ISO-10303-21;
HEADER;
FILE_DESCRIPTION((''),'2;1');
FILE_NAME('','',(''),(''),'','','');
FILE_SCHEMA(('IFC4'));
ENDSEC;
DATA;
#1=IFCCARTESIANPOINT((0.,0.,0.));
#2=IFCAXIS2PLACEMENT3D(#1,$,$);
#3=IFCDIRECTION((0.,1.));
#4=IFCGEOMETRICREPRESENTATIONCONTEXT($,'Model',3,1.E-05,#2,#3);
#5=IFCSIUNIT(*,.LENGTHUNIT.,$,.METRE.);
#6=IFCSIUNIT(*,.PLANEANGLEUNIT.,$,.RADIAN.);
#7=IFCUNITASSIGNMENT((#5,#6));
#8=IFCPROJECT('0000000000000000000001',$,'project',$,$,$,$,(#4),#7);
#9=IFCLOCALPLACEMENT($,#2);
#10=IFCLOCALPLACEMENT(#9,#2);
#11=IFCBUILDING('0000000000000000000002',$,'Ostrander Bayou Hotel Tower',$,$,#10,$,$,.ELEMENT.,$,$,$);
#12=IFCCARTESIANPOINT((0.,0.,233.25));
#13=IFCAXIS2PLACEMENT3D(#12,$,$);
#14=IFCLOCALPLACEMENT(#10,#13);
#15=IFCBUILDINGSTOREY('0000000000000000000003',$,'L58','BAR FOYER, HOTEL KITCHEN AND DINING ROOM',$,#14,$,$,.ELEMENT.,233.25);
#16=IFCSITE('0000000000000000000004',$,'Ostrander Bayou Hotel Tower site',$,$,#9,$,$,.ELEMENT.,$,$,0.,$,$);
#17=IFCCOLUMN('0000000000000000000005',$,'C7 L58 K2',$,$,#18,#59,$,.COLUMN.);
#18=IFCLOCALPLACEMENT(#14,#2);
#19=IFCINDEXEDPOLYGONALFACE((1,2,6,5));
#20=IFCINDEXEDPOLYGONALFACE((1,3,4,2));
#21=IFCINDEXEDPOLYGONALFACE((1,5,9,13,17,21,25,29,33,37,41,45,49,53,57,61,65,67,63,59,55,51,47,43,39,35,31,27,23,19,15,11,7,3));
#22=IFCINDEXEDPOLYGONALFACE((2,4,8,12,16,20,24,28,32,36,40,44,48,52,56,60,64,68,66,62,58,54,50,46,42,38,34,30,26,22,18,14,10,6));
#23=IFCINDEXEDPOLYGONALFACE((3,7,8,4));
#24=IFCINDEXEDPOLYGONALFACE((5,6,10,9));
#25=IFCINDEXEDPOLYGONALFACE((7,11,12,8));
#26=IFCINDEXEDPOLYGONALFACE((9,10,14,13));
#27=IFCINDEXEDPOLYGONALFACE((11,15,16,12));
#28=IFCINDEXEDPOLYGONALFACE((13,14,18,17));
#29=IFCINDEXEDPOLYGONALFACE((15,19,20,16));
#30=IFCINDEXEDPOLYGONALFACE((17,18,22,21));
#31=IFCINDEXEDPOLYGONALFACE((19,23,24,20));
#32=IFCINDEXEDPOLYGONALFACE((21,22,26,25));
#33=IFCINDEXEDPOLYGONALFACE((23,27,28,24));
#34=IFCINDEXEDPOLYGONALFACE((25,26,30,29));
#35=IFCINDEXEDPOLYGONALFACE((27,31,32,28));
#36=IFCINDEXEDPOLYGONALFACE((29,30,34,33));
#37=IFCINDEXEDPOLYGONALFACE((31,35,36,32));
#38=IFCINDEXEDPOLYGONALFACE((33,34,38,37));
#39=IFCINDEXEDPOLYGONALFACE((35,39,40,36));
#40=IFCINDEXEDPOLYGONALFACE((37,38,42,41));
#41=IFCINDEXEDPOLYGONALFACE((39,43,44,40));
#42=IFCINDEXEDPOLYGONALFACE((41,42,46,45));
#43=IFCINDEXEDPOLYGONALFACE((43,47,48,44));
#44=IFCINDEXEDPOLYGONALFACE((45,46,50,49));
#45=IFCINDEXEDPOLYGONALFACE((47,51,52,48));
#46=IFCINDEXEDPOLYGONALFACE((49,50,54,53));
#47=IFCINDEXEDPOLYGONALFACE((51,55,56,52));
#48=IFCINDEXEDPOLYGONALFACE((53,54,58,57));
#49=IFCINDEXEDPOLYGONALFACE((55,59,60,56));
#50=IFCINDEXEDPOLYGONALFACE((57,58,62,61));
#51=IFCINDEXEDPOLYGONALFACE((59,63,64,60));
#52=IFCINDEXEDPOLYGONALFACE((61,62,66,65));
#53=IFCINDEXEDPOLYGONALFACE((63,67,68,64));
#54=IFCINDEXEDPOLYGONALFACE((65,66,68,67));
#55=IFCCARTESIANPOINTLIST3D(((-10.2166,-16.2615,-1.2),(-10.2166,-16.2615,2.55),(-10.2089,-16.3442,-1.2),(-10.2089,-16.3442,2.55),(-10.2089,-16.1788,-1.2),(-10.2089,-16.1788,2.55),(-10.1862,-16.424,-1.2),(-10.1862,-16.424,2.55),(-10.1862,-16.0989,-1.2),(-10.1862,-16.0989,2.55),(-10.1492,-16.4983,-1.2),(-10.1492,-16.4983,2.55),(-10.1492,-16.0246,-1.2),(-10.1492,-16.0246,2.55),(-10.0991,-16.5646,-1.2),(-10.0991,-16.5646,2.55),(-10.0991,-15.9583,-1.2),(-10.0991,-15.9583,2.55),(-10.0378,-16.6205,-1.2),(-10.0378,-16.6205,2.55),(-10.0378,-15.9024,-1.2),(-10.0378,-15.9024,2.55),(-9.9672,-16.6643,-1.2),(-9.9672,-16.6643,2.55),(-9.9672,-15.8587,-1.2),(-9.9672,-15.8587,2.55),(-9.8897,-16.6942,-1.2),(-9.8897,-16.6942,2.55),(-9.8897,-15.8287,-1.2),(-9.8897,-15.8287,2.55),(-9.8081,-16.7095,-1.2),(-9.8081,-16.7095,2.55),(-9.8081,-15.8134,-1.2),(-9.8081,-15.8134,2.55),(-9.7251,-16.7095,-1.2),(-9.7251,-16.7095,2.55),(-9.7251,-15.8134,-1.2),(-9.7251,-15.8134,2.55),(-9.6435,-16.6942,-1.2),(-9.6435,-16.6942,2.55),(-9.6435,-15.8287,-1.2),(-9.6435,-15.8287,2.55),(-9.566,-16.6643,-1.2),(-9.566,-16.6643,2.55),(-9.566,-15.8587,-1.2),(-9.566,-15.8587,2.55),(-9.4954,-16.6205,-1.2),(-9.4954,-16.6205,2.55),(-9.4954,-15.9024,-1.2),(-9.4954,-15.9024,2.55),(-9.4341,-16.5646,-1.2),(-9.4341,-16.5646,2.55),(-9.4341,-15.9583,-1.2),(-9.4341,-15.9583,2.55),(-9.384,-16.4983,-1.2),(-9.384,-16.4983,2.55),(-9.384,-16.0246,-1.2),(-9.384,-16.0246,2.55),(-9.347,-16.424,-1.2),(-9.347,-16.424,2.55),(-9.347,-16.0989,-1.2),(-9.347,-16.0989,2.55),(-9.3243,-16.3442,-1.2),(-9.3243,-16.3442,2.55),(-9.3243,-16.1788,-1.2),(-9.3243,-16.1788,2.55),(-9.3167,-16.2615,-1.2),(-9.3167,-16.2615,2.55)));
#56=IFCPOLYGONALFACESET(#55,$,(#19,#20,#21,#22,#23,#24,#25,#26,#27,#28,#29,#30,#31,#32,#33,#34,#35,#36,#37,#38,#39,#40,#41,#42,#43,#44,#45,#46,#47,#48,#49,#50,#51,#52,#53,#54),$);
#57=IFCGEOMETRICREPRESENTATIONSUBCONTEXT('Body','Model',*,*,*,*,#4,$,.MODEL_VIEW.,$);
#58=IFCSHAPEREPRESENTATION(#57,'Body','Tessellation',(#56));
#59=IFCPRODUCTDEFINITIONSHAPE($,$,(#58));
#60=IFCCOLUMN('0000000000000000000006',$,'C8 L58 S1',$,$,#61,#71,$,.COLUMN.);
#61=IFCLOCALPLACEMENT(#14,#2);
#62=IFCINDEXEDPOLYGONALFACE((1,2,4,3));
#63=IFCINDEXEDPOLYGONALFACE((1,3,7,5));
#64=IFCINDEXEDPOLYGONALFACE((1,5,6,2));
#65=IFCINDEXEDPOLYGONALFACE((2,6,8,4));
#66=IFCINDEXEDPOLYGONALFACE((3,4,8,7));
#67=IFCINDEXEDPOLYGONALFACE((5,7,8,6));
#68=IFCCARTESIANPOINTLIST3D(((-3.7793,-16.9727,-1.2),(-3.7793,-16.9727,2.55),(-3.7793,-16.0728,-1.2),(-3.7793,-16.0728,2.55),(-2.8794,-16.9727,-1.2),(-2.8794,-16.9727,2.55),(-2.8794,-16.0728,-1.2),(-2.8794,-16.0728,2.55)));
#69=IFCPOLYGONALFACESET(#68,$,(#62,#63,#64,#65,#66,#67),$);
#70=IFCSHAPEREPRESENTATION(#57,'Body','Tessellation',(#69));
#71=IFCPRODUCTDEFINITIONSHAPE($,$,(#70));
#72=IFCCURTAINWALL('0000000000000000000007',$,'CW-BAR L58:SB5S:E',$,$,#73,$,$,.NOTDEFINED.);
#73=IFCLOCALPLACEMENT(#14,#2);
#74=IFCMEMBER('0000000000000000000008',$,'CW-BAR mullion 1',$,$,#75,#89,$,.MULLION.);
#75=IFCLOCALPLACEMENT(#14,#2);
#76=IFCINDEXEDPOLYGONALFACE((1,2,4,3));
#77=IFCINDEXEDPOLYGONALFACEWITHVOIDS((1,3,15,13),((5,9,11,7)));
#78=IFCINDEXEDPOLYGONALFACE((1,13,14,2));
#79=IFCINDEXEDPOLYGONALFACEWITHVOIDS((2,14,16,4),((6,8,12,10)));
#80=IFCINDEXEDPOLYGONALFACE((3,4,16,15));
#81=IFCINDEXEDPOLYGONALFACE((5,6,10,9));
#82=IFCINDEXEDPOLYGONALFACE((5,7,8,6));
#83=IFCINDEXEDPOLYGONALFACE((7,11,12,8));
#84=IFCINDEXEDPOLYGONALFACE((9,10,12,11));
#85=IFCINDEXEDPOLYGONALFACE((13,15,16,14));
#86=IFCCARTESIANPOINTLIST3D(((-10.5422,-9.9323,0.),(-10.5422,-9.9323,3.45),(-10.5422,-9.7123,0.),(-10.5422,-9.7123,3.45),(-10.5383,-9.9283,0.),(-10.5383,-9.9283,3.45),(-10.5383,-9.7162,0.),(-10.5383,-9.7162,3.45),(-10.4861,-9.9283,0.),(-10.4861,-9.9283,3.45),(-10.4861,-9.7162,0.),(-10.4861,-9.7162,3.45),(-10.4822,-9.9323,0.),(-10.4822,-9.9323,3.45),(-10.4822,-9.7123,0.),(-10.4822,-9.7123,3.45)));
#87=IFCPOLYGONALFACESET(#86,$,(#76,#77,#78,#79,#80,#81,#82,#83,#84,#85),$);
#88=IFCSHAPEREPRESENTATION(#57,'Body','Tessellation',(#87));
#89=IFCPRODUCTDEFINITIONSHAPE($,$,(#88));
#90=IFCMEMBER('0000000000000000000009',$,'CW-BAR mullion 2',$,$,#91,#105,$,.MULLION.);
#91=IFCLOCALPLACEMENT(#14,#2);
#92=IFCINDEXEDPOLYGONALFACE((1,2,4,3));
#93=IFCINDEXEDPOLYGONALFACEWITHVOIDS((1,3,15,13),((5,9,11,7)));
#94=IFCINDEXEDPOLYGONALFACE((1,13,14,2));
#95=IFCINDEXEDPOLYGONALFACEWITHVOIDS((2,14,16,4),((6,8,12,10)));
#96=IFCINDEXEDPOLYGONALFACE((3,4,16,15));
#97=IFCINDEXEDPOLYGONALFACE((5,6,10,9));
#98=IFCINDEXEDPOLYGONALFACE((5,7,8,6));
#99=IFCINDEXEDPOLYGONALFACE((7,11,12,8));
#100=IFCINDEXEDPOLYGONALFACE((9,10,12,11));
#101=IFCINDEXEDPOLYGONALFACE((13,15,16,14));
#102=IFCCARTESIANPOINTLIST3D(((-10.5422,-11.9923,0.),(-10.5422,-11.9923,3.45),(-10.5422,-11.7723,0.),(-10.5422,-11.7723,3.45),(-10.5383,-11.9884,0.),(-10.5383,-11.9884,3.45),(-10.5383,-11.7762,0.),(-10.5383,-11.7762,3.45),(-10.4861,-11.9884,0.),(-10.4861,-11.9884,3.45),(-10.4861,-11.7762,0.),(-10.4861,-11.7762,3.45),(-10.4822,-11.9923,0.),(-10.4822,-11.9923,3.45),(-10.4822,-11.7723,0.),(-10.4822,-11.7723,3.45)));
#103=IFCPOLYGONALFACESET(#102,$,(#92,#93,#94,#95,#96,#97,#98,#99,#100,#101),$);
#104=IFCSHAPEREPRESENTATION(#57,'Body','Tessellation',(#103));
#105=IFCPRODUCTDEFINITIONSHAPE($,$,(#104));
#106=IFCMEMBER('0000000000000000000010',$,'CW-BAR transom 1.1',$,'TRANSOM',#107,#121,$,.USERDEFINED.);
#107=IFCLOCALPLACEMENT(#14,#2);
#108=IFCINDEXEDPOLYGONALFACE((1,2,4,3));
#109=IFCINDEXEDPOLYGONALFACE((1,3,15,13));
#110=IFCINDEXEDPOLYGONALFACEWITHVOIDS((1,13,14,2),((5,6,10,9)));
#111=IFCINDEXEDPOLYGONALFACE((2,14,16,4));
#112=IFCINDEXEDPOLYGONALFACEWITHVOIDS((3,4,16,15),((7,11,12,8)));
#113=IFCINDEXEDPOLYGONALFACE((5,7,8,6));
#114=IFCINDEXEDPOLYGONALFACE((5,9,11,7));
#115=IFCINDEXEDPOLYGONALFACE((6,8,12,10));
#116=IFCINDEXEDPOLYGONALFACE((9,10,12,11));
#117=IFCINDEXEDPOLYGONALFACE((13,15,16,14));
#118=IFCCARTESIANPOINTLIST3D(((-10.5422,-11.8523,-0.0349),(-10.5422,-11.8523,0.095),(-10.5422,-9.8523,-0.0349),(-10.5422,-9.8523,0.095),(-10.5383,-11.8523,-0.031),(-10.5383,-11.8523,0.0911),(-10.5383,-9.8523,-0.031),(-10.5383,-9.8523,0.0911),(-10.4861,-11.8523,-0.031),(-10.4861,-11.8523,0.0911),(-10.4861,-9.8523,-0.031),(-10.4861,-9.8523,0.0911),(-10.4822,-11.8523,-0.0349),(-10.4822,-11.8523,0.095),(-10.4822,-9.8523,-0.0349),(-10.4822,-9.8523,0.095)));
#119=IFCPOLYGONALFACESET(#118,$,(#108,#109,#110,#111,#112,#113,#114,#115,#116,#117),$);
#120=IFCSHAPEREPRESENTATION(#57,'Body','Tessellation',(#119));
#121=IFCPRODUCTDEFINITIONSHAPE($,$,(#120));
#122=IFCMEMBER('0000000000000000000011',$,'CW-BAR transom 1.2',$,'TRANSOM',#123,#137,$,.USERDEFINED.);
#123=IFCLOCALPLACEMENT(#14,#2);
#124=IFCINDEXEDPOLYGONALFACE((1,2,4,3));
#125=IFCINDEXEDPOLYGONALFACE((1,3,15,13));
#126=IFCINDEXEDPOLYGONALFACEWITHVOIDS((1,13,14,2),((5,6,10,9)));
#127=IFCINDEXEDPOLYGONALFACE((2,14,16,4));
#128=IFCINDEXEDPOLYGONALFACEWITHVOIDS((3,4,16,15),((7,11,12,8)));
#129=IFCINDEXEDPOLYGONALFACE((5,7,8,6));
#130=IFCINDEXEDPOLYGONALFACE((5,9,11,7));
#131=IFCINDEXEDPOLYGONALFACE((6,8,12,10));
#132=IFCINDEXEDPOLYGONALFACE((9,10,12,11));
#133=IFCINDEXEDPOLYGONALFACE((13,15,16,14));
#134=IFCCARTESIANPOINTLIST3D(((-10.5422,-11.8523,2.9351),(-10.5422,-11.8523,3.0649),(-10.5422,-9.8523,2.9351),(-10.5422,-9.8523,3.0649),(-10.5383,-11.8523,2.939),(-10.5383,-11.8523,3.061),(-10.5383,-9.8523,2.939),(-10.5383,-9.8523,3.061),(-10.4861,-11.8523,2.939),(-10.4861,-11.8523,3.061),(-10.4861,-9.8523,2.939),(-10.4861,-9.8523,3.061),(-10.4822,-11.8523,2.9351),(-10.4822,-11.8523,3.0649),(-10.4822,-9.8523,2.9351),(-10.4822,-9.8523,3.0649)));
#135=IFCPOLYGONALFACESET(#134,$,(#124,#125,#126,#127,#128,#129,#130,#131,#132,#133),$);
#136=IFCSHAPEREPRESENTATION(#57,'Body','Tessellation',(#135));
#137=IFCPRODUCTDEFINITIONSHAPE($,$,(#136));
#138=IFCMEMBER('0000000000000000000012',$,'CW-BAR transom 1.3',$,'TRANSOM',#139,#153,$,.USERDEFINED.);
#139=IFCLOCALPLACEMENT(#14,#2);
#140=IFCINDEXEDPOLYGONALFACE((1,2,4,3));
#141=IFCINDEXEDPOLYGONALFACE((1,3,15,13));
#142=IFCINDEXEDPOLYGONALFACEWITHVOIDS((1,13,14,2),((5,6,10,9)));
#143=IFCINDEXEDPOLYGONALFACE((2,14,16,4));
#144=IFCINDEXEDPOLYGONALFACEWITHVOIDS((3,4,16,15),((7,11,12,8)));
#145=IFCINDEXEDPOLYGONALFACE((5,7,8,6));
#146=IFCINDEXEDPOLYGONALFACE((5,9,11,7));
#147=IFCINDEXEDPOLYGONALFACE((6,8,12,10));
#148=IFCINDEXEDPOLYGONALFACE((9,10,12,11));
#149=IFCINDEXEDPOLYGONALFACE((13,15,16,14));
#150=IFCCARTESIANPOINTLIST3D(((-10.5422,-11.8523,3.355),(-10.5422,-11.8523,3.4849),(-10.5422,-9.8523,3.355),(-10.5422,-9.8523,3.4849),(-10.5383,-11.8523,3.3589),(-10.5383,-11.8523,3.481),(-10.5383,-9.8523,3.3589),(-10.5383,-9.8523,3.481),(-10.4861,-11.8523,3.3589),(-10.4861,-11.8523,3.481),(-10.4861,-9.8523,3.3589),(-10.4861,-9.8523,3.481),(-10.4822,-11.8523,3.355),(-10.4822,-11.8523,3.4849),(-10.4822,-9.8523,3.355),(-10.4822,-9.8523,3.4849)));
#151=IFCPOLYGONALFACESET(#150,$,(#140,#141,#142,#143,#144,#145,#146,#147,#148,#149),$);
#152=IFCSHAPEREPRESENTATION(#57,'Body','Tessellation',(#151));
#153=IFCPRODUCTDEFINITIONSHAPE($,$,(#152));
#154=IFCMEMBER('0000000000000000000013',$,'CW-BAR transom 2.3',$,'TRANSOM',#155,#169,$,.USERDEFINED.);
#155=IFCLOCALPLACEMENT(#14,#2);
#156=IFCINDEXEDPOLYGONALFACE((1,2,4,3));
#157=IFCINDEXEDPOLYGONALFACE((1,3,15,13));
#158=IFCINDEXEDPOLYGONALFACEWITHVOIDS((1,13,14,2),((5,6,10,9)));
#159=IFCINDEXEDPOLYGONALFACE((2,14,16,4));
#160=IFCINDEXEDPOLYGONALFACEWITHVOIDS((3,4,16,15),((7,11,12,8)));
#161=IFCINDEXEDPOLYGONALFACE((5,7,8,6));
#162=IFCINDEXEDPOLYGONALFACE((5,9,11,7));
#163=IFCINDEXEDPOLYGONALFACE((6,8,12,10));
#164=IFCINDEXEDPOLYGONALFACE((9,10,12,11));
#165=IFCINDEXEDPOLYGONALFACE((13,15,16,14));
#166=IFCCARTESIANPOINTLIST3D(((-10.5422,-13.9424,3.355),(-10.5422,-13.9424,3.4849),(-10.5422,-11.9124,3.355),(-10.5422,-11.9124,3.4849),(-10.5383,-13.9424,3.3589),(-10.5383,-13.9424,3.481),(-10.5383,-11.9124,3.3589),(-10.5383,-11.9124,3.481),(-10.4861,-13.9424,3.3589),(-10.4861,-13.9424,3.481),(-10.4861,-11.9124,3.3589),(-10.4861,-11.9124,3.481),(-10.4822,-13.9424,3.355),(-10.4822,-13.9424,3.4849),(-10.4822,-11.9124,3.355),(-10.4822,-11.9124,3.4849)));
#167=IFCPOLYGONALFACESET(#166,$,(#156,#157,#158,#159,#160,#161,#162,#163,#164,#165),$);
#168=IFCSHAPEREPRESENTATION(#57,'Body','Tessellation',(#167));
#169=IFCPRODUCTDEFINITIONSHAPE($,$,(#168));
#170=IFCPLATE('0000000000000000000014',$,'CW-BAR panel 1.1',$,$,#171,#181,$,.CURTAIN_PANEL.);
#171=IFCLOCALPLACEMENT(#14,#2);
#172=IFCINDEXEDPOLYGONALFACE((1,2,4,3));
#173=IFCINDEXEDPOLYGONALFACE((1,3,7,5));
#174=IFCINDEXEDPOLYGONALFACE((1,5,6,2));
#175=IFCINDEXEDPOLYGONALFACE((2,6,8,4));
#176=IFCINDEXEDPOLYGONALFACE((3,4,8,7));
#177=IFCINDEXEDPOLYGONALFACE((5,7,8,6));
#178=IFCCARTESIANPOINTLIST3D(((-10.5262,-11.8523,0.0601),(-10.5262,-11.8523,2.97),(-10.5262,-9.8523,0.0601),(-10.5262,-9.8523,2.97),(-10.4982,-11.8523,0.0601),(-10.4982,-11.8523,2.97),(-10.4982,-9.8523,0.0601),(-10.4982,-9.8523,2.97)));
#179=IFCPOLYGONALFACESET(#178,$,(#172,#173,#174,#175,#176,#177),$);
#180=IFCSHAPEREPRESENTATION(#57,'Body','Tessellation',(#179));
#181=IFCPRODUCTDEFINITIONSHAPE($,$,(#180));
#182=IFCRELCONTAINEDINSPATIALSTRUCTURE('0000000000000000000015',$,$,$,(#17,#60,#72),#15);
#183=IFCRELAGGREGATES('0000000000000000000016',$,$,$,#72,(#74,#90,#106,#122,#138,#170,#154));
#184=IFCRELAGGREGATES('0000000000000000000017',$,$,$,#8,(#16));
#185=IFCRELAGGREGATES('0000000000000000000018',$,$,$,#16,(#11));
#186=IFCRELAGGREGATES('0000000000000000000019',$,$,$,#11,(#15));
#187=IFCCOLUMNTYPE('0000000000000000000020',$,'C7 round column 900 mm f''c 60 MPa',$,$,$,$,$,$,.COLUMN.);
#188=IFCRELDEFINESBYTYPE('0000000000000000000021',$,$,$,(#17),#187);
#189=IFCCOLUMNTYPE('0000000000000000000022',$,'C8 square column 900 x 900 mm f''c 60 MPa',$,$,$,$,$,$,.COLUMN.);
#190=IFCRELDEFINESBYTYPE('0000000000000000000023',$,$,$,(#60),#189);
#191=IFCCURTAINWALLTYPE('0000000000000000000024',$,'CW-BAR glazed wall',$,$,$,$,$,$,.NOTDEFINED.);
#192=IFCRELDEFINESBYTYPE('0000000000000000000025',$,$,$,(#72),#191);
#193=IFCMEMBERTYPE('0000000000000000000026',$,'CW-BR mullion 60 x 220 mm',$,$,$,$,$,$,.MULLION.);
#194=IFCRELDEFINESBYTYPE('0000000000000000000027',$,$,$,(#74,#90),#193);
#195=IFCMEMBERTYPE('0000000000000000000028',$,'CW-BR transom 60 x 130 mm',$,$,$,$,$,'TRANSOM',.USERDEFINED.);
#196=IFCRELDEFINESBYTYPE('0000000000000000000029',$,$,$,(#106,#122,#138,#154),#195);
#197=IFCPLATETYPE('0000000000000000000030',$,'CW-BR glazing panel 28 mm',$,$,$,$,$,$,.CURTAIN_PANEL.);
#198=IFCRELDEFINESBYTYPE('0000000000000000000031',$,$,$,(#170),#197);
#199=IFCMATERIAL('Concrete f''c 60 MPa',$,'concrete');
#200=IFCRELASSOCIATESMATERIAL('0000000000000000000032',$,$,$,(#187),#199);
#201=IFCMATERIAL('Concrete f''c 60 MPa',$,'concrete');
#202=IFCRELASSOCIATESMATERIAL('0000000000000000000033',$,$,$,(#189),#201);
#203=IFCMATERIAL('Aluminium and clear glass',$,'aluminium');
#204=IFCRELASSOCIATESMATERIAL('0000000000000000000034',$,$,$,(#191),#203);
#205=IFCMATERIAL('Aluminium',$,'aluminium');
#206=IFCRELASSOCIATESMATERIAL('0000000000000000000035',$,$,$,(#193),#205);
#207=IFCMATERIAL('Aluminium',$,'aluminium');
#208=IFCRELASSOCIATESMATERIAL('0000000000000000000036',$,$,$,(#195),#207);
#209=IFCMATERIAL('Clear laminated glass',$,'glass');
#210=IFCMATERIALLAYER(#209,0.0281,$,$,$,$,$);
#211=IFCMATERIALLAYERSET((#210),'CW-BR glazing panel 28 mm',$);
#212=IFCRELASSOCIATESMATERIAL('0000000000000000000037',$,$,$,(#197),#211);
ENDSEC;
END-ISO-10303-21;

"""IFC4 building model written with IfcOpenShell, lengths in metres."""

from ifc_helpers import new_model, si_unit, direction, frame, origin, origin_2d, place, context, subcontext, project, spatial, rectangle, hollow_rectangle, circle, extrude, material, layer, layer_set, material_profile, profile_set, type_object, element, aggregate, save


model = new_model("IFC4")

# Units and contexts
model_context = context("Model", 3, precision=1e-05, world=origin(), true_north=direction((0.0, 1.0)))
body_context = subcontext(model_context, "Body", "Model", "MODEL_VIEW")
ifc_project = project(units=[si_unit("LENGTHUNIT", "METRE"), si_unit("PLANEANGLEUNIT", "RADIAN")], contexts=[model_context])

# Site, building, storey
site_placement = place(None, origin())
site = spatial("IfcSite", under=ifc_project, at=site_placement, Name="Ostrander Bayou Hotel Tower site", CompositionType="ELEMENT", RefElevation=0.0)
building_placement = place(site_placement, origin())
building = spatial("IfcBuilding", under=site, at=building_placement, Name="Ostrander Bayou Hotel Tower", CompositionType="ELEMENT")
storey_placement = place(building_placement, frame((0.0, 0.0, 233.25)))
storey = spatial("IfcBuildingStorey", under=building, at=storey_placement, Name="L58", Description="BAR FOYER, HOTEL KITCHEN AND DINING ROOM", CompositionType="ELEMENT", Elevation=233.25)

# Columns
ifc_material_1 = material(Name="Concrete f'c 60 MPa", Category="concrete")
ifc_material_profile_1 = material_profile(ifc_material_1, circle(Radius=0.45, at=origin_2d()))
ifc_profile_set_1 = profile_set([ifc_material_profile_1], Name="Concrete f'c 60 MPa")
column_type_1 = type_object("IfcColumnType", Name="C7 round column 900 mm f'c 60 MPa", PredefinedType="COLUMN", material=ifc_profile_set_1)
column_1_placement = place(storey_placement, frame((-9.7666, -16.2615, -1.2), z_axis=(0.0, 0.0, 1.0), x_axis=(1.0, 0.0, 0.0)))
element("IfcColumn", 1, at=column_1_placement, inside=storey, type_object=column_type_1, Name="C7 L58 K2", PredefinedType="COLUMN", context=body_context, shape_type="SweptSolid", body=[
    extrude(circle(Radius=0.45, at=origin_2d()), origin(), (0.0, 0.0, 1.0), 3.75),
])
ifc_material_2 = material(Name="Concrete f'c 60 MPa", Category="concrete")
ifc_material_profile_2 = material_profile(ifc_material_2, rectangle(XDim=0.8999, YDim=0.8999, at=origin_2d()))
ifc_profile_set_2 = profile_set([ifc_material_profile_2], Name="Concrete f'c 60 MPa")
column_type_2 = type_object("IfcColumnType", Name="C8 square column 900 x 900 mm f'c 60 MPa", PredefinedType="COLUMN", material=ifc_profile_set_2)
column_2_placement = place(storey_placement, frame((-3.3293, -16.5227, -1.2), z_axis=(0.0, 0.0, 1.0), x_axis=(-1.0, 0.0, 0.0)))
element("IfcColumn", 2, at=column_2_placement, inside=storey, type_object=column_type_2, Name="C8 L58 S1", PredefinedType="COLUMN", context=body_context, shape_type="SweptSolid", body=[
    extrude(rectangle(XDim=0.8999, YDim=0.8999, at=origin_2d()), origin(), (0.0, 0.0, 1.0), 3.75),
])

# Curtain wall, members, plate
ifc_material_3 = material(Name="Aluminium and clear glass", Category="aluminium")
curtain_wall_type = type_object("IfcCurtainWallType", Name="CW-BAR glazed wall", PredefinedType="NOTDEFINED", material=ifc_material_3)
curtain_wall_placement = place(storey_placement, origin())
curtain_wall = element("IfcCurtainWall", 3, at=curtain_wall_placement, inside=storey, type_object=curtain_wall_type, Name="CW-BAR L58:SB5S:E", PredefinedType="NOTDEFINED")
ifc_material_4 = material(Name="Aluminium", Category="aluminium")
ifc_material_profile_3 = material_profile(ifc_material_4, hollow_rectangle(XDim=0.0601, YDim=0.22, WallThickness=0.0039, at=origin_2d()))
ifc_profile_set_3 = profile_set([ifc_material_profile_3], Name="Aluminium")
member_type_1 = type_object("IfcMemberType", Name="CW-BR mullion 60 x 220 mm", PredefinedType="MULLION", material=ifc_profile_set_3)
member_1_placement = place(storey_placement, frame((-10.5122, -9.8223, 0.0), z_axis=(0.0, 0.0, 1.0), x_axis=(1.0, 0.0, 0.0)))
member_1 = element("IfcMember", 4, at=member_1_placement, type_object=member_type_1, Name="CW-BAR mullion 1", PredefinedType="MULLION", context=body_context, shape_type="SweptSolid", body=[
    extrude(hollow_rectangle(XDim=0.0601, YDim=0.22, WallThickness=0.0039, at=origin_2d()), origin(), (0.0, 0.0, 1.0), 3.45),
])
member_2_placement = place(storey_placement, frame((-10.5122, -11.8823, 0.0), z_axis=(0.0, 0.0, 1.0), x_axis=(1.0, 0.0, 0.0)))
member_2 = element("IfcMember", 5, at=member_2_placement, type_object=member_type_1, Name="CW-BAR mullion 2", PredefinedType="MULLION", context=body_context, shape_type="SweptSolid", body=[
    extrude(hollow_rectangle(XDim=0.0601, YDim=0.22, WallThickness=0.0039, at=origin_2d()), origin(), (0.0, 0.0, 1.0), 3.45),
])
ifc_material_5 = material(Name="Aluminium", Category="aluminium")
ifc_material_profile_4 = material_profile(ifc_material_5, hollow_rectangle(XDim=0.0601, YDim=0.1299, WallThickness=0.0039, at=origin_2d()))
ifc_profile_set_4 = profile_set([ifc_material_profile_4], Name="Aluminium")
member_type_2 = type_object("IfcMemberType", Name="CW-BR transom 60 x 130 mm", ElementType="TRANSOM", PredefinedType="USERDEFINED", material=ifc_profile_set_4)
member_3_placement = place(storey_placement, frame((-10.5122, -9.8523, 0.03), z_axis=(0.0, -1.0, 0.0), x_axis=(1.0, 0.0, 0.0)))
member_3 = element("IfcMember", 6, at=member_3_placement, type_object=member_type_2, Name="CW-BAR transom 1.1", ObjectType="TRANSOM", PredefinedType="USERDEFINED", context=body_context, shape_type="SweptSolid", body=[
    extrude(hollow_rectangle(XDim=0.0601, YDim=0.1299, WallThickness=0.0039, at=origin_2d()), origin(), (0.0, 0.0, 1.0), 2.0),
])
member_4_placement = place(storey_placement, frame((-10.5122, -9.8523, 3.0), z_axis=(0.0, -1.0, 0.0), x_axis=(1.0, 0.0, 0.0)))
member_4 = element("IfcMember", 7, at=member_4_placement, type_object=member_type_2, Name="CW-BAR transom 1.2", ObjectType="TRANSOM", PredefinedType="USERDEFINED", context=body_context, shape_type="SweptSolid", body=[
    extrude(hollow_rectangle(XDim=0.0601, YDim=0.1299, WallThickness=0.0039, at=origin_2d()), origin(), (0.0, 0.0, 1.0), 2.0),
])
member_5_placement = place(storey_placement, frame((-10.5122, -9.8523, 3.4199), z_axis=(0.0, -1.0, 0.0), x_axis=(1.0, 0.0, 0.0)))
member_5 = element("IfcMember", 8, at=member_5_placement, type_object=member_type_2, Name="CW-BAR transom 1.3", ObjectType="TRANSOM", PredefinedType="USERDEFINED", context=body_context, shape_type="SweptSolid", body=[
    extrude(hollow_rectangle(XDim=0.0601, YDim=0.1299, WallThickness=0.0039, at=origin_2d()), origin(), (0.0, 0.0, 1.0), 2.0),
])
member_6_placement = place(storey_placement, frame((-10.5122, -11.9124, 3.4199), z_axis=(0.0, -1.0, 0.0), x_axis=(1.0, 0.0, 0.0)))
member_6 = element("IfcMember", 9, at=member_6_placement, type_object=member_type_2, Name="CW-BAR transom 2.3", ObjectType="TRANSOM", PredefinedType="USERDEFINED", context=body_context, shape_type="SweptSolid", body=[
    extrude(hollow_rectangle(XDim=0.0601, YDim=0.1299, WallThickness=0.0039, at=origin_2d()), origin(), (0.0, 0.0, 1.0), 2.03),
])
ifc_material_6 = material(Name="Clear laminated glass", Category="glass")
ifc_layer_1 = layer(ifc_material_6, 0.0281)
ifc_layer_set_1 = layer_set([ifc_layer_1], Name="CW-BR glazing panel 28 mm")
plate_type = type_object("IfcPlateType", Name="CW-BR glazing panel 28 mm", PredefinedType="CURTAIN_PANEL", material=ifc_layer_set_1)
plate_1_placement = place(storey_placement, frame((-10.5122, -10.8523, 0.0601), z_axis=(0.0, 0.0, 1.0), x_axis=(0.0, -1.0, 0.0)))
plate_1 = element("IfcPlate", 10, at=plate_1_placement, type_object=plate_type, Name="CW-BAR panel 1.1", PredefinedType="CURTAIN_PANEL", context=body_context, shape_type="SweptSolid", body=[
    extrude(rectangle(XDim=2.0, YDim=0.0281, at=origin_2d()), origin(), (0.0, 0.0, 1.0), 2.9099),
])
aggregate(curtain_wall, [member_1, member_2, member_3, member_4, member_5, plate_1, member_6])

save(model, "model.ifc")
